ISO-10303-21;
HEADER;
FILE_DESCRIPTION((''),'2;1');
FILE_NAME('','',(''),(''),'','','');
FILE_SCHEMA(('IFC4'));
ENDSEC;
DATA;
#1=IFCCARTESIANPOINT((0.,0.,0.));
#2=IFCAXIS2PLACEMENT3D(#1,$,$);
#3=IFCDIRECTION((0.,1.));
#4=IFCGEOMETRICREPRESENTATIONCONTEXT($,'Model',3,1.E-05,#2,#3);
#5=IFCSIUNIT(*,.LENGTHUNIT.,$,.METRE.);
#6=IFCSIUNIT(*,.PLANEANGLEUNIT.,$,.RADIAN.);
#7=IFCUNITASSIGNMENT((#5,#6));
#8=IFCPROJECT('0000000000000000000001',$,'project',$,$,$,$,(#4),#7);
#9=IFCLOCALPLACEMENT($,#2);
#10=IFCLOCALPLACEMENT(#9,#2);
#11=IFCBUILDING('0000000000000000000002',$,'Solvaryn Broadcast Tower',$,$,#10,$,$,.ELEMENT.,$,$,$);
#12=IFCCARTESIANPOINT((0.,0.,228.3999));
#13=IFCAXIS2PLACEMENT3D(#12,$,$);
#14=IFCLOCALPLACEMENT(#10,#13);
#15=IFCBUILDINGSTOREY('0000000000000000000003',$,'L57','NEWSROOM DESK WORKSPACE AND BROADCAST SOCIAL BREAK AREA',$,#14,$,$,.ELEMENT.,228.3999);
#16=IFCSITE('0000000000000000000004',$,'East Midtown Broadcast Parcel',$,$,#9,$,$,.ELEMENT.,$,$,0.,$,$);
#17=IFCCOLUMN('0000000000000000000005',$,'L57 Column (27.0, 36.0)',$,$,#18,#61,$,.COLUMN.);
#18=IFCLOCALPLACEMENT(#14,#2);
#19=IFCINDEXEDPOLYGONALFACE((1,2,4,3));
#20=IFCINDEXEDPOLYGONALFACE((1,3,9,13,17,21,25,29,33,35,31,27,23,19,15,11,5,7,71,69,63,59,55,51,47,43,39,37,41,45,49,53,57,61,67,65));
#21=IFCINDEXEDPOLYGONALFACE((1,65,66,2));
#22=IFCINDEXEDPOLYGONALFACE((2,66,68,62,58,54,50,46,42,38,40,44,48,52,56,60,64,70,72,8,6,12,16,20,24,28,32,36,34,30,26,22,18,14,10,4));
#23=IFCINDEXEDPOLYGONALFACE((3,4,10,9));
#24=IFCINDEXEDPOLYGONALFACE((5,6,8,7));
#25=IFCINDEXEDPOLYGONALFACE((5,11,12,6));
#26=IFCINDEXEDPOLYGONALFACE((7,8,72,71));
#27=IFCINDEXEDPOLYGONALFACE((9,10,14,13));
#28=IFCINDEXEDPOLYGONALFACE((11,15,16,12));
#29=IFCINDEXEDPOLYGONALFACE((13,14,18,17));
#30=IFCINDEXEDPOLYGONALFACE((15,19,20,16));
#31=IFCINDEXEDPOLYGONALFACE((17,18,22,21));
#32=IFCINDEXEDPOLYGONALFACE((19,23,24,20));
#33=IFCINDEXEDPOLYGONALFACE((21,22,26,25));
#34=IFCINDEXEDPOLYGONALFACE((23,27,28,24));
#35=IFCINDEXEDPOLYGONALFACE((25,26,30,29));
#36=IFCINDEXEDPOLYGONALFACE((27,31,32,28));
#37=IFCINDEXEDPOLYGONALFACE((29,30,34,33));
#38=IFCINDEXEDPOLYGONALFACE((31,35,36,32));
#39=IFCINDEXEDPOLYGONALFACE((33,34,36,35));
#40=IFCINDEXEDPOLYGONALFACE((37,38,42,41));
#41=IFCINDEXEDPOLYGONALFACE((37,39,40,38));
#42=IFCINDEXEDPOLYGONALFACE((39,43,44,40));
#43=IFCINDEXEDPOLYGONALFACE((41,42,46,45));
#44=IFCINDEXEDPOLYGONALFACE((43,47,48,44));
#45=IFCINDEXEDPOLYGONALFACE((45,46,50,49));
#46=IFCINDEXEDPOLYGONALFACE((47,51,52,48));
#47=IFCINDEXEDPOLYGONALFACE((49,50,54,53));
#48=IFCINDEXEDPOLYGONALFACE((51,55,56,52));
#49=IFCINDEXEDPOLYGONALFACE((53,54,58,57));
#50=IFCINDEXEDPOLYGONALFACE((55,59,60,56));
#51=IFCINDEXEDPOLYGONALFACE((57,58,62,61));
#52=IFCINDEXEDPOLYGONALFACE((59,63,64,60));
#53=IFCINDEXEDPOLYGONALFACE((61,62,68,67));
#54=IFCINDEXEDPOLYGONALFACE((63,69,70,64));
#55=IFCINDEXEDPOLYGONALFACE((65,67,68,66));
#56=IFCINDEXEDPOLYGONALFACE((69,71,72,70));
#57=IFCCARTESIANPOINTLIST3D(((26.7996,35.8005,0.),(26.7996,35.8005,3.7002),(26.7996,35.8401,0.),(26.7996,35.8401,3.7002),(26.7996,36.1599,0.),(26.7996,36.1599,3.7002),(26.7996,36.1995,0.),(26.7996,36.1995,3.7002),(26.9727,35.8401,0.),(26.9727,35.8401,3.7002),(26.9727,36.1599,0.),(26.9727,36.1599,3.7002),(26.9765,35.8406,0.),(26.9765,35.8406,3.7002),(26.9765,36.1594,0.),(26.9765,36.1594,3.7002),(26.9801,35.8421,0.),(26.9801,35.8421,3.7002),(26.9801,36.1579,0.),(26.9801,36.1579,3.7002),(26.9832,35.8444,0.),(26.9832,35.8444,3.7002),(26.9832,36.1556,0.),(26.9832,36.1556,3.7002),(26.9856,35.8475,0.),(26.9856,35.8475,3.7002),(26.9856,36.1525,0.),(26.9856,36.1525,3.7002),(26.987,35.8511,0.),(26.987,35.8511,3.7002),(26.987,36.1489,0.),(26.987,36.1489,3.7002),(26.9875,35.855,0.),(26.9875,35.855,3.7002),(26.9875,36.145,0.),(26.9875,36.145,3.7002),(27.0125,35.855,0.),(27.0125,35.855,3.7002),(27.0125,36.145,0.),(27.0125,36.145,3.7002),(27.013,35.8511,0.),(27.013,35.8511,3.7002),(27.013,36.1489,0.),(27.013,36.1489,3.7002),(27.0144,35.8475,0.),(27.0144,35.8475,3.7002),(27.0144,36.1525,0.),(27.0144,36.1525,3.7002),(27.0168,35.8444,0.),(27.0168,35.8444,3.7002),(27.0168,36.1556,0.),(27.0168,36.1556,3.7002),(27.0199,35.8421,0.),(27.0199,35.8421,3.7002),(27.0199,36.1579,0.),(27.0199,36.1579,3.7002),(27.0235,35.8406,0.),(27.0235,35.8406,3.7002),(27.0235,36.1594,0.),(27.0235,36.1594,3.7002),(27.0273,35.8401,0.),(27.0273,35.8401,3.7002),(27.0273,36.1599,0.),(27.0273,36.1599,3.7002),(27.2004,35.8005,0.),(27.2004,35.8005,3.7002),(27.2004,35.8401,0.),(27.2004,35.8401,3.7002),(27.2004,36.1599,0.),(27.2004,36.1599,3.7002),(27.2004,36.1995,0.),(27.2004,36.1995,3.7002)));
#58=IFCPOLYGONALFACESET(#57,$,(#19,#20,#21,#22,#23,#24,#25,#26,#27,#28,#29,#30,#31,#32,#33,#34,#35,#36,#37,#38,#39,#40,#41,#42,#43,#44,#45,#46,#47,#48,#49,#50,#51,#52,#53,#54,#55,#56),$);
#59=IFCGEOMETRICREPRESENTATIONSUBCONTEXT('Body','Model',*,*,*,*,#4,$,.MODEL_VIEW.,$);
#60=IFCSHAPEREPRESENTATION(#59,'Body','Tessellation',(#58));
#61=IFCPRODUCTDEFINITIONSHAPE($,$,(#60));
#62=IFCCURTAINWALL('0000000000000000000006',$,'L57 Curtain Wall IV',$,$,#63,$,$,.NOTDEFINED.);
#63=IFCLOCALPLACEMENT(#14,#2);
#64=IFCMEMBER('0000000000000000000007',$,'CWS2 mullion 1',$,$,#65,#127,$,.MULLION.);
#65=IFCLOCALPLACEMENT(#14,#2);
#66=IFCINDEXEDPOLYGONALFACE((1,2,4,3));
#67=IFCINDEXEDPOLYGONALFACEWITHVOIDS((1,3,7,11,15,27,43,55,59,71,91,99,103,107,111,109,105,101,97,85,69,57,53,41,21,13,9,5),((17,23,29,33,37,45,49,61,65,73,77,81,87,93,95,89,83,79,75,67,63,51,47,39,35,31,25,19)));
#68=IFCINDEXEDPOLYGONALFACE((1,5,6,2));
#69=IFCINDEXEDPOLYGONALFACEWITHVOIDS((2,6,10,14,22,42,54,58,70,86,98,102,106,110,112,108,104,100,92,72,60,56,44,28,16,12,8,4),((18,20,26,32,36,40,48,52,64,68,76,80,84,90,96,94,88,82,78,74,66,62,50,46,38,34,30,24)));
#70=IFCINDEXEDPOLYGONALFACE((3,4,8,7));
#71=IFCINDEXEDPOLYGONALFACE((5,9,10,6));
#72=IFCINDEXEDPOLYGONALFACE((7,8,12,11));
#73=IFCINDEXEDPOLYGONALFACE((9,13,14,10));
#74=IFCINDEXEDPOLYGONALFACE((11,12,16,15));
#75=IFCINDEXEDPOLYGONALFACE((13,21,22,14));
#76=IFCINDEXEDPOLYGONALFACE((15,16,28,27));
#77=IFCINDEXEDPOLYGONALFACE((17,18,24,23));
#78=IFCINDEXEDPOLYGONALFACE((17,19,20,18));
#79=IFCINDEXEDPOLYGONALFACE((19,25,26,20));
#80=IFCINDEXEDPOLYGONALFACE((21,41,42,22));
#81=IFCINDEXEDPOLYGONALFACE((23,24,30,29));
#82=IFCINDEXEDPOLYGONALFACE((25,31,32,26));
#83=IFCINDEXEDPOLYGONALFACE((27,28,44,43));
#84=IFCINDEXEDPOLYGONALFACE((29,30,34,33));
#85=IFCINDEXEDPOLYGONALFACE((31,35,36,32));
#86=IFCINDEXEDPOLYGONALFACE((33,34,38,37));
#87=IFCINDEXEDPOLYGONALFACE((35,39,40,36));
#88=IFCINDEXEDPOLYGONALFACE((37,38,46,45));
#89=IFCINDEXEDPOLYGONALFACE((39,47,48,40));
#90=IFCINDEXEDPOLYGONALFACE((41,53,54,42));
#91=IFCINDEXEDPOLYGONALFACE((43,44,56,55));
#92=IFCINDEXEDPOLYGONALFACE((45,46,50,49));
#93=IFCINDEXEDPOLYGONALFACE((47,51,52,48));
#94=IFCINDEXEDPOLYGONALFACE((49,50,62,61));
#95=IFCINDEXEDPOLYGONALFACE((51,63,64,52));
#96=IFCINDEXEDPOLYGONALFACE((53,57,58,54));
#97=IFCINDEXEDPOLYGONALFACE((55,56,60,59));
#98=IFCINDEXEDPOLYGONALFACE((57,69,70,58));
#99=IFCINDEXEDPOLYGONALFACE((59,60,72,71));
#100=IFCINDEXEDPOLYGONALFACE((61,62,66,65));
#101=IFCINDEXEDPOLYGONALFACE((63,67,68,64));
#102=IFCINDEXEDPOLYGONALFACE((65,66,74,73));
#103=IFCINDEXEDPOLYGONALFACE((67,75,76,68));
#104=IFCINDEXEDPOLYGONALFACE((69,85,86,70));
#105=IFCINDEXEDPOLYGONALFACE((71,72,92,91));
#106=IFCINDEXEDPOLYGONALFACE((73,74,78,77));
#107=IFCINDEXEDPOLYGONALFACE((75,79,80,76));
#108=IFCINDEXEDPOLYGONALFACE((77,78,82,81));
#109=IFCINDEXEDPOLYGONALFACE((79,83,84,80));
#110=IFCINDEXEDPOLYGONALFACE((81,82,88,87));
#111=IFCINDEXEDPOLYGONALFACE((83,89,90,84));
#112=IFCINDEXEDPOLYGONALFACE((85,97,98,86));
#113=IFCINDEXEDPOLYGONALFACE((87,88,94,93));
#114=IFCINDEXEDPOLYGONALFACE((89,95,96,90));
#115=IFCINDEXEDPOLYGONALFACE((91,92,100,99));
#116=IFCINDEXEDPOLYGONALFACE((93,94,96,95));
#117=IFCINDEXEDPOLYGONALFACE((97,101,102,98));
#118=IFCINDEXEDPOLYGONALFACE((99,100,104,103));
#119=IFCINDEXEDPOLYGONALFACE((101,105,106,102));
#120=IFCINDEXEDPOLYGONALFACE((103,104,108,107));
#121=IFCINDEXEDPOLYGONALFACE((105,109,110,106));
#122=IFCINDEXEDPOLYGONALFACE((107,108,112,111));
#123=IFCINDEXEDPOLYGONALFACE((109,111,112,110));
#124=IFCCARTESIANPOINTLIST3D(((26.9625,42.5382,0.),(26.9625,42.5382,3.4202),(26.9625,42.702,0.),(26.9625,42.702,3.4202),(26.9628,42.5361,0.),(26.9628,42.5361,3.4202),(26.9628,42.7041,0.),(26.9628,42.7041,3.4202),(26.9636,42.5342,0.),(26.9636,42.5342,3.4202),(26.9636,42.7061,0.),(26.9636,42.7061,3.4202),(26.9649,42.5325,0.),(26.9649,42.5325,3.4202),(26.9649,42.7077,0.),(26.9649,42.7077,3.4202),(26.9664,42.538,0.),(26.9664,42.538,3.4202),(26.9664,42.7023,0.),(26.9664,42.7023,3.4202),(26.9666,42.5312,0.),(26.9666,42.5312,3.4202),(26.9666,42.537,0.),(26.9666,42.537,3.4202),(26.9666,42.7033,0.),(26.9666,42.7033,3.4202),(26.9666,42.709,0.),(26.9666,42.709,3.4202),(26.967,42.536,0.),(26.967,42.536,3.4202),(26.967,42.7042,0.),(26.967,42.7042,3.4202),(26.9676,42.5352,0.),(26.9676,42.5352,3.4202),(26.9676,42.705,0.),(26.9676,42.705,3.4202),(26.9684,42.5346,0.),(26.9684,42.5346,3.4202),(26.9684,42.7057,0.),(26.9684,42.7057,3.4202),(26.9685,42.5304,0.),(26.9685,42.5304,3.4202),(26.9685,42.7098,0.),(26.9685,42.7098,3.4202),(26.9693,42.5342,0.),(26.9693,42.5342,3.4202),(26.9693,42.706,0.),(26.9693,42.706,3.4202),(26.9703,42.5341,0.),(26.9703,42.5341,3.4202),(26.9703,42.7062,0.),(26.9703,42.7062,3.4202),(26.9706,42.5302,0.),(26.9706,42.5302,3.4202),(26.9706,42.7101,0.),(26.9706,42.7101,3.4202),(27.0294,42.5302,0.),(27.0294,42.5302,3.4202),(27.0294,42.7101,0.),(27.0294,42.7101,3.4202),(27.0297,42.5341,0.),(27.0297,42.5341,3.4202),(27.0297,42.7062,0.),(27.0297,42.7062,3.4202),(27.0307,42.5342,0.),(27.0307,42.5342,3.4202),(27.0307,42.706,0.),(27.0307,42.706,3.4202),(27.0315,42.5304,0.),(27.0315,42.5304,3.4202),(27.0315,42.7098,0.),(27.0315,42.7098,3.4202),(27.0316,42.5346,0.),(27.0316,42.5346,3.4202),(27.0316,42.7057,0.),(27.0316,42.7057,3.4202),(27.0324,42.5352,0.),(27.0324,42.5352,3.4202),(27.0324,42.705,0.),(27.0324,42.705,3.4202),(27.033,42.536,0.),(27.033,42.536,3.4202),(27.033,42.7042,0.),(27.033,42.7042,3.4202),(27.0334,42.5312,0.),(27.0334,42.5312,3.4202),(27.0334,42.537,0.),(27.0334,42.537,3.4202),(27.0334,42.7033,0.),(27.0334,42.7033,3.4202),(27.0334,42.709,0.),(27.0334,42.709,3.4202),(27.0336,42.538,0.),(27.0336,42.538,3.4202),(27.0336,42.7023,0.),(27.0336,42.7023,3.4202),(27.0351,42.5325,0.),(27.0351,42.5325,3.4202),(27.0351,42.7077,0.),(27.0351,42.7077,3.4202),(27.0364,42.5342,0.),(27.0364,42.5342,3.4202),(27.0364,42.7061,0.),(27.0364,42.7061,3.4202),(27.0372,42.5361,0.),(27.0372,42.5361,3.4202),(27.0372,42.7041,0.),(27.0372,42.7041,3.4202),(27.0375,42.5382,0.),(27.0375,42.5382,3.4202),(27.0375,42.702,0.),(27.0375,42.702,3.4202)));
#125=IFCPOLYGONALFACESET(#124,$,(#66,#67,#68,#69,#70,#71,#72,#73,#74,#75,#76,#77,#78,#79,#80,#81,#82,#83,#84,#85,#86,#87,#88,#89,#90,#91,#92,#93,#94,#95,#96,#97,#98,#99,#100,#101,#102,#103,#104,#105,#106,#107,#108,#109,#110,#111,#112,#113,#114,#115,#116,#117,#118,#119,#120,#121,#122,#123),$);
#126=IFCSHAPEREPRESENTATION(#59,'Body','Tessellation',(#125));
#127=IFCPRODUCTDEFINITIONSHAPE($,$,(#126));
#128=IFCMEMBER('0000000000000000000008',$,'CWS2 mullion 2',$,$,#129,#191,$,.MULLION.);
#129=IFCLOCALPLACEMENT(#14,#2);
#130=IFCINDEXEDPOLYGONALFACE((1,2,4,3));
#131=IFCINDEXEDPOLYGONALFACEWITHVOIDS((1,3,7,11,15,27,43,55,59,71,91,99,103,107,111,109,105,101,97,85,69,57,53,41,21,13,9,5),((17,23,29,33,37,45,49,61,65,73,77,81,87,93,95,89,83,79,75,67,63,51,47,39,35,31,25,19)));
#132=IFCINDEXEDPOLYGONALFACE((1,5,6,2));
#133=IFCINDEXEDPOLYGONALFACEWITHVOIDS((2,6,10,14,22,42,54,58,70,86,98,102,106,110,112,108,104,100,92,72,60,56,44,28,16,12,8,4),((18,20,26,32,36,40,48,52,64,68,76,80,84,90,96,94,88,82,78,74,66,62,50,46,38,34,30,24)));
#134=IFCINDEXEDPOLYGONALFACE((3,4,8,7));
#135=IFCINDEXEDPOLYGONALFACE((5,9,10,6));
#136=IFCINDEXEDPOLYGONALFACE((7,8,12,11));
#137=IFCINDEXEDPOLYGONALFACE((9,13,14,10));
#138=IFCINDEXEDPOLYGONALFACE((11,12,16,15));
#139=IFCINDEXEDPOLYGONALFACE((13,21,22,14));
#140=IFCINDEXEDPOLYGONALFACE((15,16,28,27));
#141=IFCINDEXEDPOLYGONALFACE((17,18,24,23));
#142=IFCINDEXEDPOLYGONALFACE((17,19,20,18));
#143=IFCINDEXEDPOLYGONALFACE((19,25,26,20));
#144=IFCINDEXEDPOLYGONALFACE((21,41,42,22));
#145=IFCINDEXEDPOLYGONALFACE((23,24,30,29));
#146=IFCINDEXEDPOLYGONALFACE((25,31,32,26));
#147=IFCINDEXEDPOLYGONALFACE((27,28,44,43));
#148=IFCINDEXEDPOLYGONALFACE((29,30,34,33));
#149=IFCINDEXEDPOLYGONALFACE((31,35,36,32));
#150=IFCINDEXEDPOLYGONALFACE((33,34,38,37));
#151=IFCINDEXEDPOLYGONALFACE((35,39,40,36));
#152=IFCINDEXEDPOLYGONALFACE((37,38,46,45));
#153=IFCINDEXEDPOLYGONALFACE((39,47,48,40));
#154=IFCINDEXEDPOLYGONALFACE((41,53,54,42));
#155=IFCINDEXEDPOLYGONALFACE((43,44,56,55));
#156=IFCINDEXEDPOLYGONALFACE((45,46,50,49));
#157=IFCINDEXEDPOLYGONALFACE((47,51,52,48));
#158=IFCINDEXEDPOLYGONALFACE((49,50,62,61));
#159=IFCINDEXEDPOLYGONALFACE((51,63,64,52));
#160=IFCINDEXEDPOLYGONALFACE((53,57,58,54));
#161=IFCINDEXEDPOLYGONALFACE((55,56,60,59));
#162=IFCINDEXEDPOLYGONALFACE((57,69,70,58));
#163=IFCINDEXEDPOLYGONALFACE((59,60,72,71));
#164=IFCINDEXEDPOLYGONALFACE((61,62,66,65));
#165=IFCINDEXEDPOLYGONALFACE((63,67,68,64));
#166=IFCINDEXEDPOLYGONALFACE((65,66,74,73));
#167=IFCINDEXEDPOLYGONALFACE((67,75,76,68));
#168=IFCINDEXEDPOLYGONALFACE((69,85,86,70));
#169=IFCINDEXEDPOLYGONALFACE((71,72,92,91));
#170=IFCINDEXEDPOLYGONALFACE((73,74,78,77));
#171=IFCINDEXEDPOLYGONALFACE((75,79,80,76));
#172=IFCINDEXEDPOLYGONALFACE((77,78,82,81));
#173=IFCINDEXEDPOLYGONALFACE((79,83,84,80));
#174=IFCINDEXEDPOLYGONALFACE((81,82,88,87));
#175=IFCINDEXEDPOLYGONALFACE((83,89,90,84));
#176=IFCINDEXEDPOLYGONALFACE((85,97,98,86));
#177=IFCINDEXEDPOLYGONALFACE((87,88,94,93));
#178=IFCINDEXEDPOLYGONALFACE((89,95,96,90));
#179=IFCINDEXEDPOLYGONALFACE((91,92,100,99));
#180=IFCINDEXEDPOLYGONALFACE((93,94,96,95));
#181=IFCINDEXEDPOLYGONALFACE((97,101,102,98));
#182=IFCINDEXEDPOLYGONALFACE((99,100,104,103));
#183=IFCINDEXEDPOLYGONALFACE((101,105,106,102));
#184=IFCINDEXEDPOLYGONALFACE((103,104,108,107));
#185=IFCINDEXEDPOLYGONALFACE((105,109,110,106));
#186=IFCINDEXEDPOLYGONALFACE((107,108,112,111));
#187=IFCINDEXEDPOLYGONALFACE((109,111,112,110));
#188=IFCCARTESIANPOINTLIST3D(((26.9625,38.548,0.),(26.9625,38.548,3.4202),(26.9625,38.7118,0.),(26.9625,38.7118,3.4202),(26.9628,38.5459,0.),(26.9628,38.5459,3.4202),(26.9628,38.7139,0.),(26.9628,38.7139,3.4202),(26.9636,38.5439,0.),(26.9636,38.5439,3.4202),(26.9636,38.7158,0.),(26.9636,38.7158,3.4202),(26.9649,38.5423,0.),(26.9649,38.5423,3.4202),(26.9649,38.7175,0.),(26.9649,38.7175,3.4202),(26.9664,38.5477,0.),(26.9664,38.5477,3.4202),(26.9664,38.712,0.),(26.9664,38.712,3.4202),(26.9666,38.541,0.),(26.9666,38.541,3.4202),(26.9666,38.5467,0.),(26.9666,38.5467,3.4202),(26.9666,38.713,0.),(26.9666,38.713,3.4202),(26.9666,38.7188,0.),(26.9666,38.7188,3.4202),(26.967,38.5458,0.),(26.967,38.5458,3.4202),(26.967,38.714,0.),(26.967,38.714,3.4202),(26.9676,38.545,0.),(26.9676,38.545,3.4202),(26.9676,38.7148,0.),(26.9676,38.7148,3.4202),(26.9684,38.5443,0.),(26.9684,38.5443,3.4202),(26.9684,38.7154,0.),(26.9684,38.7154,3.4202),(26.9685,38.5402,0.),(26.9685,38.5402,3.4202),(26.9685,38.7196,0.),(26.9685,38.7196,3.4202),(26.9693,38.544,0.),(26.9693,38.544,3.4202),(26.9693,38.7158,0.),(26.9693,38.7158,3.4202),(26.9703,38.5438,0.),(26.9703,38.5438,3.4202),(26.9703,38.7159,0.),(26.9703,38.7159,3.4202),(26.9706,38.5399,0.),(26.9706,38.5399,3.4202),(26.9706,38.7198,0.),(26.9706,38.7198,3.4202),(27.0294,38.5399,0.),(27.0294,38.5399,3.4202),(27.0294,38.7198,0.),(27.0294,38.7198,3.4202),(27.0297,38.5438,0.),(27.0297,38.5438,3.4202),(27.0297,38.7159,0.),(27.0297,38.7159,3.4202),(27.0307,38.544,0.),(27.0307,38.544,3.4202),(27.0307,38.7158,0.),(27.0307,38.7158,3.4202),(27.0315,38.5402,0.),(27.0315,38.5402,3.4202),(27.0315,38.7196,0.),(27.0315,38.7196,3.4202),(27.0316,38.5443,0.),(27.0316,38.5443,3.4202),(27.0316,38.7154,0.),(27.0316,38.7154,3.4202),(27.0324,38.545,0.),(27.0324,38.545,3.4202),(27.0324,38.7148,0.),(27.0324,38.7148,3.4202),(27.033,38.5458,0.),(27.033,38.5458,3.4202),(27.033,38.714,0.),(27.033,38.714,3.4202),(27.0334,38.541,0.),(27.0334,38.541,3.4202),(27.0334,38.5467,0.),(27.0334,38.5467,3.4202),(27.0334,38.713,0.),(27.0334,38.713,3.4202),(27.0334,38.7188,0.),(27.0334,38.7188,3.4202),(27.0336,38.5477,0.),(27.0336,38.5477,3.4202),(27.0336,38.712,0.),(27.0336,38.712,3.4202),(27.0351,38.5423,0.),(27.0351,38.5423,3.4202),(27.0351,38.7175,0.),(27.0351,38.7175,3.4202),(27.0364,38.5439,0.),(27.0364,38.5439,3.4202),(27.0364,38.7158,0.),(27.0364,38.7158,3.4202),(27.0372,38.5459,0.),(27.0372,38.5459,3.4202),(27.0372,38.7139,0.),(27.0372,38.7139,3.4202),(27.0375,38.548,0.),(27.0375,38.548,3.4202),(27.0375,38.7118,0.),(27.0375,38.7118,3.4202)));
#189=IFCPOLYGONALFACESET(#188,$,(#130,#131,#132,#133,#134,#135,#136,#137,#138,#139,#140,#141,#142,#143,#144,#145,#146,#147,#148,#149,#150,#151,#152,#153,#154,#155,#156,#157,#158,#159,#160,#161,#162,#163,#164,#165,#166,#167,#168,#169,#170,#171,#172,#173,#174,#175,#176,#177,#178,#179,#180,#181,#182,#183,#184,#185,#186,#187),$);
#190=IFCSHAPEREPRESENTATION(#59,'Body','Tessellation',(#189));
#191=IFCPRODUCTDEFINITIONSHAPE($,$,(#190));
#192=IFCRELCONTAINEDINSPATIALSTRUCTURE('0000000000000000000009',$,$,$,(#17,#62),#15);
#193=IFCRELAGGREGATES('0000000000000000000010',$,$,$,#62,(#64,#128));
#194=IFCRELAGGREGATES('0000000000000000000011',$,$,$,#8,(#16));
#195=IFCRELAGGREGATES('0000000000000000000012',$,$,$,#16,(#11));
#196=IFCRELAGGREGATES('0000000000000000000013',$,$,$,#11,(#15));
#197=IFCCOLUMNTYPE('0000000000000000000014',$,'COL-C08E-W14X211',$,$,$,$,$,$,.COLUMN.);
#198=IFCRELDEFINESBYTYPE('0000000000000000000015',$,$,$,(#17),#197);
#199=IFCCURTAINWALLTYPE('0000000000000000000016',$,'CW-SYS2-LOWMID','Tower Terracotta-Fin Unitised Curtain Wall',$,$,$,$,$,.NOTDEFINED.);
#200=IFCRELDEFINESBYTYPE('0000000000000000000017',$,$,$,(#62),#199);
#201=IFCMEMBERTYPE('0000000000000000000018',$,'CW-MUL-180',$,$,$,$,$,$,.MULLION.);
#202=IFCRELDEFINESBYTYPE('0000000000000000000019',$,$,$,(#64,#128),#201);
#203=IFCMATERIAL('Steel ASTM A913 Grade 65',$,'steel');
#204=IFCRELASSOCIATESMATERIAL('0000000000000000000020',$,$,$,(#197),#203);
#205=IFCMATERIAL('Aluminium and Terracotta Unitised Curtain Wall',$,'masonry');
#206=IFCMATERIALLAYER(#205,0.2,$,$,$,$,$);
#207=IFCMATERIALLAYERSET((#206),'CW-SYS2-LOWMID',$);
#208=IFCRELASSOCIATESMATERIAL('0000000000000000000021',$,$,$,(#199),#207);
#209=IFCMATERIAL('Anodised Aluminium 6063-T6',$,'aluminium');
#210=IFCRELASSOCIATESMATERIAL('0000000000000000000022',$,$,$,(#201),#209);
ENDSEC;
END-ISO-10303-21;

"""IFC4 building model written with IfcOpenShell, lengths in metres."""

from ifc_helpers import new_model, si_unit, direction, frame, origin, origin_2d, place, context, subcontext, project, spatial, hollow_rectangle, i_section, extrude, material, layer, layer_set, material_profile, profile_set, type_object, element, aggregate, save


model = new_model("IFC4")

# Units and contexts
model_context = context("Model", 3, precision=1e-05, world=origin(), true_north=direction((0.0, 1.0)))
body_context = subcontext(model_context, "Body", "Model", "MODEL_VIEW")
ifc_project = project(units=[si_unit("LENGTHUNIT", "METRE"), si_unit("PLANEANGLEUNIT", "RADIAN")], contexts=[model_context])

# Site, building, storey
site_placement = place(None, origin())
site = spatial("IfcSite", under=ifc_project, at=site_placement, Name="East Midtown Broadcast Parcel", CompositionType="ELEMENT", RefElevation=0.0)
building_placement = place(site_placement, origin())
building = spatial("IfcBuilding", under=site, at=building_placement, Name="Solvaryn Broadcast Tower", CompositionType="ELEMENT")
storey_placement = place(building_placement, frame((0.0, 0.0, 228.3999)))
storey = spatial("IfcBuildingStorey", under=building, at=storey_placement, Name="L57", Description="NEWSROOM DESK WORKSPACE AND BROADCAST SOCIAL BREAK AREA", CompositionType="ELEMENT", Elevation=228.3999)

# Column
ifc_material_1 = material(Name="Steel ASTM A913 Grade 65", Category="steel")
ifc_material_profile_1 = material_profile(ifc_material_1, i_section(OverallWidth=0.4009, OverallDepth=0.3989, WebThickness=0.0249, FlangeThickness=0.0396, FilletRadius=0.0149, at=origin_2d()))
ifc_profile_set_1 = profile_set([ifc_material_profile_1], Name="Steel ASTM A913 Grade 65")
column_type = type_object("IfcColumnType", Name="COL-C08E-W14X211", PredefinedType="COLUMN", material=ifc_profile_set_1)
column_placement = place(storey_placement, frame((27.0, 36.0, 0.0), z_axis=(0.0, 0.0, 1.0), x_axis=(1.0, 0.0, 0.0)))
element("IfcColumn", 1, at=column_placement, inside=storey, type_object=column_type, Name="L57 Column (27.0, 36.0)", PredefinedType="COLUMN", context=body_context, shape_type="SweptSolid", body=[
    extrude(i_section(OverallWidth=0.4009, OverallDepth=0.3989, WebThickness=0.0249, FlangeThickness=0.0396, FilletRadius=0.0149, at=origin_2d()), origin(), (0.0, 0.0, 1.0), 3.7002),
])

# Curtain wall, members
ifc_material_2 = material(Name="Aluminium and Terracotta Unitised Curtain Wall", Category="masonry")
ifc_layer_1 = layer(ifc_material_2, 0.2)
ifc_layer_set_1 = layer_set([ifc_layer_1], Name="CW-SYS2-LOWMID")
curtain_wall_type = type_object("IfcCurtainWallType", Name="CW-SYS2-LOWMID", Description="Tower Terracotta-Fin Unitised Curtain Wall", PredefinedType="NOTDEFINED", material=ifc_layer_set_1)
curtain_wall_1_placement = place(storey_placement, origin())
curtain_wall_1 = element("IfcCurtainWall", 2, at=curtain_wall_1_placement, inside=storey, type_object=curtain_wall_type, Name="L57 Curtain Wall IV", PredefinedType="NOTDEFINED")
ifc_material_3 = material(Name="Anodised Aluminium 6063-T6", Category="aluminium")
ifc_material_profile_2 = material_profile(ifc_material_3, hollow_rectangle(XDim=0.075, YDim=0.1799, WallThickness=0.0039, InnerFilletRadius=0.0039, OuterFilletRadius=0.0081, at=origin_2d()))
ifc_profile_set_2 = profile_set([ifc_material_profile_2], Name="Anodised Aluminium 6063-T6")
member_type_1 = type_object("IfcMemberType", Name="CW-MUL-180", PredefinedType="MULLION", material=ifc_profile_set_2)
member_1_placement = place(storey_placement, frame((27.0, 42.6201, 0.0), z_axis=(0.0, 0.0, 1.0), x_axis=(1.0, 0.0, 0.0)))
member_1 = element("IfcMember", 3, at=member_1_placement, type_object=member_type_1, Name="CWS2 mullion 1", PredefinedType="MULLION", context=body_context, shape_type="SweptSolid", body=[
    extrude(hollow_rectangle(XDim=0.075, YDim=0.1799, WallThickness=0.0039, InnerFilletRadius=0.0039, OuterFilletRadius=0.0081, at=origin_2d()), origin(), (0.0, 0.0, 1.0), 3.4202),
])
member_2_placement = place(storey_placement, frame((27.0, 38.6299, 0.0), z_axis=(0.0, 0.0, 1.0), x_axis=(1.0, 0.0, 0.0)))
member_2 = element("IfcMember", 4, at=member_2_placement, type_object=member_type_1, Name="CWS2 mullion 2", PredefinedType="MULLION", context=body_context, shape_type="SweptSolid", body=[
    extrude(hollow_rectangle(XDim=0.075, YDim=0.1799, WallThickness=0.0039, InnerFilletRadius=0.0039, OuterFilletRadius=0.0081, at=origin_2d()), origin(), (0.0, 0.0, 1.0), 3.4202),
])

aggregate(curtain_wall_1, [member_1, member_2])

save(model, "model.ifc")
